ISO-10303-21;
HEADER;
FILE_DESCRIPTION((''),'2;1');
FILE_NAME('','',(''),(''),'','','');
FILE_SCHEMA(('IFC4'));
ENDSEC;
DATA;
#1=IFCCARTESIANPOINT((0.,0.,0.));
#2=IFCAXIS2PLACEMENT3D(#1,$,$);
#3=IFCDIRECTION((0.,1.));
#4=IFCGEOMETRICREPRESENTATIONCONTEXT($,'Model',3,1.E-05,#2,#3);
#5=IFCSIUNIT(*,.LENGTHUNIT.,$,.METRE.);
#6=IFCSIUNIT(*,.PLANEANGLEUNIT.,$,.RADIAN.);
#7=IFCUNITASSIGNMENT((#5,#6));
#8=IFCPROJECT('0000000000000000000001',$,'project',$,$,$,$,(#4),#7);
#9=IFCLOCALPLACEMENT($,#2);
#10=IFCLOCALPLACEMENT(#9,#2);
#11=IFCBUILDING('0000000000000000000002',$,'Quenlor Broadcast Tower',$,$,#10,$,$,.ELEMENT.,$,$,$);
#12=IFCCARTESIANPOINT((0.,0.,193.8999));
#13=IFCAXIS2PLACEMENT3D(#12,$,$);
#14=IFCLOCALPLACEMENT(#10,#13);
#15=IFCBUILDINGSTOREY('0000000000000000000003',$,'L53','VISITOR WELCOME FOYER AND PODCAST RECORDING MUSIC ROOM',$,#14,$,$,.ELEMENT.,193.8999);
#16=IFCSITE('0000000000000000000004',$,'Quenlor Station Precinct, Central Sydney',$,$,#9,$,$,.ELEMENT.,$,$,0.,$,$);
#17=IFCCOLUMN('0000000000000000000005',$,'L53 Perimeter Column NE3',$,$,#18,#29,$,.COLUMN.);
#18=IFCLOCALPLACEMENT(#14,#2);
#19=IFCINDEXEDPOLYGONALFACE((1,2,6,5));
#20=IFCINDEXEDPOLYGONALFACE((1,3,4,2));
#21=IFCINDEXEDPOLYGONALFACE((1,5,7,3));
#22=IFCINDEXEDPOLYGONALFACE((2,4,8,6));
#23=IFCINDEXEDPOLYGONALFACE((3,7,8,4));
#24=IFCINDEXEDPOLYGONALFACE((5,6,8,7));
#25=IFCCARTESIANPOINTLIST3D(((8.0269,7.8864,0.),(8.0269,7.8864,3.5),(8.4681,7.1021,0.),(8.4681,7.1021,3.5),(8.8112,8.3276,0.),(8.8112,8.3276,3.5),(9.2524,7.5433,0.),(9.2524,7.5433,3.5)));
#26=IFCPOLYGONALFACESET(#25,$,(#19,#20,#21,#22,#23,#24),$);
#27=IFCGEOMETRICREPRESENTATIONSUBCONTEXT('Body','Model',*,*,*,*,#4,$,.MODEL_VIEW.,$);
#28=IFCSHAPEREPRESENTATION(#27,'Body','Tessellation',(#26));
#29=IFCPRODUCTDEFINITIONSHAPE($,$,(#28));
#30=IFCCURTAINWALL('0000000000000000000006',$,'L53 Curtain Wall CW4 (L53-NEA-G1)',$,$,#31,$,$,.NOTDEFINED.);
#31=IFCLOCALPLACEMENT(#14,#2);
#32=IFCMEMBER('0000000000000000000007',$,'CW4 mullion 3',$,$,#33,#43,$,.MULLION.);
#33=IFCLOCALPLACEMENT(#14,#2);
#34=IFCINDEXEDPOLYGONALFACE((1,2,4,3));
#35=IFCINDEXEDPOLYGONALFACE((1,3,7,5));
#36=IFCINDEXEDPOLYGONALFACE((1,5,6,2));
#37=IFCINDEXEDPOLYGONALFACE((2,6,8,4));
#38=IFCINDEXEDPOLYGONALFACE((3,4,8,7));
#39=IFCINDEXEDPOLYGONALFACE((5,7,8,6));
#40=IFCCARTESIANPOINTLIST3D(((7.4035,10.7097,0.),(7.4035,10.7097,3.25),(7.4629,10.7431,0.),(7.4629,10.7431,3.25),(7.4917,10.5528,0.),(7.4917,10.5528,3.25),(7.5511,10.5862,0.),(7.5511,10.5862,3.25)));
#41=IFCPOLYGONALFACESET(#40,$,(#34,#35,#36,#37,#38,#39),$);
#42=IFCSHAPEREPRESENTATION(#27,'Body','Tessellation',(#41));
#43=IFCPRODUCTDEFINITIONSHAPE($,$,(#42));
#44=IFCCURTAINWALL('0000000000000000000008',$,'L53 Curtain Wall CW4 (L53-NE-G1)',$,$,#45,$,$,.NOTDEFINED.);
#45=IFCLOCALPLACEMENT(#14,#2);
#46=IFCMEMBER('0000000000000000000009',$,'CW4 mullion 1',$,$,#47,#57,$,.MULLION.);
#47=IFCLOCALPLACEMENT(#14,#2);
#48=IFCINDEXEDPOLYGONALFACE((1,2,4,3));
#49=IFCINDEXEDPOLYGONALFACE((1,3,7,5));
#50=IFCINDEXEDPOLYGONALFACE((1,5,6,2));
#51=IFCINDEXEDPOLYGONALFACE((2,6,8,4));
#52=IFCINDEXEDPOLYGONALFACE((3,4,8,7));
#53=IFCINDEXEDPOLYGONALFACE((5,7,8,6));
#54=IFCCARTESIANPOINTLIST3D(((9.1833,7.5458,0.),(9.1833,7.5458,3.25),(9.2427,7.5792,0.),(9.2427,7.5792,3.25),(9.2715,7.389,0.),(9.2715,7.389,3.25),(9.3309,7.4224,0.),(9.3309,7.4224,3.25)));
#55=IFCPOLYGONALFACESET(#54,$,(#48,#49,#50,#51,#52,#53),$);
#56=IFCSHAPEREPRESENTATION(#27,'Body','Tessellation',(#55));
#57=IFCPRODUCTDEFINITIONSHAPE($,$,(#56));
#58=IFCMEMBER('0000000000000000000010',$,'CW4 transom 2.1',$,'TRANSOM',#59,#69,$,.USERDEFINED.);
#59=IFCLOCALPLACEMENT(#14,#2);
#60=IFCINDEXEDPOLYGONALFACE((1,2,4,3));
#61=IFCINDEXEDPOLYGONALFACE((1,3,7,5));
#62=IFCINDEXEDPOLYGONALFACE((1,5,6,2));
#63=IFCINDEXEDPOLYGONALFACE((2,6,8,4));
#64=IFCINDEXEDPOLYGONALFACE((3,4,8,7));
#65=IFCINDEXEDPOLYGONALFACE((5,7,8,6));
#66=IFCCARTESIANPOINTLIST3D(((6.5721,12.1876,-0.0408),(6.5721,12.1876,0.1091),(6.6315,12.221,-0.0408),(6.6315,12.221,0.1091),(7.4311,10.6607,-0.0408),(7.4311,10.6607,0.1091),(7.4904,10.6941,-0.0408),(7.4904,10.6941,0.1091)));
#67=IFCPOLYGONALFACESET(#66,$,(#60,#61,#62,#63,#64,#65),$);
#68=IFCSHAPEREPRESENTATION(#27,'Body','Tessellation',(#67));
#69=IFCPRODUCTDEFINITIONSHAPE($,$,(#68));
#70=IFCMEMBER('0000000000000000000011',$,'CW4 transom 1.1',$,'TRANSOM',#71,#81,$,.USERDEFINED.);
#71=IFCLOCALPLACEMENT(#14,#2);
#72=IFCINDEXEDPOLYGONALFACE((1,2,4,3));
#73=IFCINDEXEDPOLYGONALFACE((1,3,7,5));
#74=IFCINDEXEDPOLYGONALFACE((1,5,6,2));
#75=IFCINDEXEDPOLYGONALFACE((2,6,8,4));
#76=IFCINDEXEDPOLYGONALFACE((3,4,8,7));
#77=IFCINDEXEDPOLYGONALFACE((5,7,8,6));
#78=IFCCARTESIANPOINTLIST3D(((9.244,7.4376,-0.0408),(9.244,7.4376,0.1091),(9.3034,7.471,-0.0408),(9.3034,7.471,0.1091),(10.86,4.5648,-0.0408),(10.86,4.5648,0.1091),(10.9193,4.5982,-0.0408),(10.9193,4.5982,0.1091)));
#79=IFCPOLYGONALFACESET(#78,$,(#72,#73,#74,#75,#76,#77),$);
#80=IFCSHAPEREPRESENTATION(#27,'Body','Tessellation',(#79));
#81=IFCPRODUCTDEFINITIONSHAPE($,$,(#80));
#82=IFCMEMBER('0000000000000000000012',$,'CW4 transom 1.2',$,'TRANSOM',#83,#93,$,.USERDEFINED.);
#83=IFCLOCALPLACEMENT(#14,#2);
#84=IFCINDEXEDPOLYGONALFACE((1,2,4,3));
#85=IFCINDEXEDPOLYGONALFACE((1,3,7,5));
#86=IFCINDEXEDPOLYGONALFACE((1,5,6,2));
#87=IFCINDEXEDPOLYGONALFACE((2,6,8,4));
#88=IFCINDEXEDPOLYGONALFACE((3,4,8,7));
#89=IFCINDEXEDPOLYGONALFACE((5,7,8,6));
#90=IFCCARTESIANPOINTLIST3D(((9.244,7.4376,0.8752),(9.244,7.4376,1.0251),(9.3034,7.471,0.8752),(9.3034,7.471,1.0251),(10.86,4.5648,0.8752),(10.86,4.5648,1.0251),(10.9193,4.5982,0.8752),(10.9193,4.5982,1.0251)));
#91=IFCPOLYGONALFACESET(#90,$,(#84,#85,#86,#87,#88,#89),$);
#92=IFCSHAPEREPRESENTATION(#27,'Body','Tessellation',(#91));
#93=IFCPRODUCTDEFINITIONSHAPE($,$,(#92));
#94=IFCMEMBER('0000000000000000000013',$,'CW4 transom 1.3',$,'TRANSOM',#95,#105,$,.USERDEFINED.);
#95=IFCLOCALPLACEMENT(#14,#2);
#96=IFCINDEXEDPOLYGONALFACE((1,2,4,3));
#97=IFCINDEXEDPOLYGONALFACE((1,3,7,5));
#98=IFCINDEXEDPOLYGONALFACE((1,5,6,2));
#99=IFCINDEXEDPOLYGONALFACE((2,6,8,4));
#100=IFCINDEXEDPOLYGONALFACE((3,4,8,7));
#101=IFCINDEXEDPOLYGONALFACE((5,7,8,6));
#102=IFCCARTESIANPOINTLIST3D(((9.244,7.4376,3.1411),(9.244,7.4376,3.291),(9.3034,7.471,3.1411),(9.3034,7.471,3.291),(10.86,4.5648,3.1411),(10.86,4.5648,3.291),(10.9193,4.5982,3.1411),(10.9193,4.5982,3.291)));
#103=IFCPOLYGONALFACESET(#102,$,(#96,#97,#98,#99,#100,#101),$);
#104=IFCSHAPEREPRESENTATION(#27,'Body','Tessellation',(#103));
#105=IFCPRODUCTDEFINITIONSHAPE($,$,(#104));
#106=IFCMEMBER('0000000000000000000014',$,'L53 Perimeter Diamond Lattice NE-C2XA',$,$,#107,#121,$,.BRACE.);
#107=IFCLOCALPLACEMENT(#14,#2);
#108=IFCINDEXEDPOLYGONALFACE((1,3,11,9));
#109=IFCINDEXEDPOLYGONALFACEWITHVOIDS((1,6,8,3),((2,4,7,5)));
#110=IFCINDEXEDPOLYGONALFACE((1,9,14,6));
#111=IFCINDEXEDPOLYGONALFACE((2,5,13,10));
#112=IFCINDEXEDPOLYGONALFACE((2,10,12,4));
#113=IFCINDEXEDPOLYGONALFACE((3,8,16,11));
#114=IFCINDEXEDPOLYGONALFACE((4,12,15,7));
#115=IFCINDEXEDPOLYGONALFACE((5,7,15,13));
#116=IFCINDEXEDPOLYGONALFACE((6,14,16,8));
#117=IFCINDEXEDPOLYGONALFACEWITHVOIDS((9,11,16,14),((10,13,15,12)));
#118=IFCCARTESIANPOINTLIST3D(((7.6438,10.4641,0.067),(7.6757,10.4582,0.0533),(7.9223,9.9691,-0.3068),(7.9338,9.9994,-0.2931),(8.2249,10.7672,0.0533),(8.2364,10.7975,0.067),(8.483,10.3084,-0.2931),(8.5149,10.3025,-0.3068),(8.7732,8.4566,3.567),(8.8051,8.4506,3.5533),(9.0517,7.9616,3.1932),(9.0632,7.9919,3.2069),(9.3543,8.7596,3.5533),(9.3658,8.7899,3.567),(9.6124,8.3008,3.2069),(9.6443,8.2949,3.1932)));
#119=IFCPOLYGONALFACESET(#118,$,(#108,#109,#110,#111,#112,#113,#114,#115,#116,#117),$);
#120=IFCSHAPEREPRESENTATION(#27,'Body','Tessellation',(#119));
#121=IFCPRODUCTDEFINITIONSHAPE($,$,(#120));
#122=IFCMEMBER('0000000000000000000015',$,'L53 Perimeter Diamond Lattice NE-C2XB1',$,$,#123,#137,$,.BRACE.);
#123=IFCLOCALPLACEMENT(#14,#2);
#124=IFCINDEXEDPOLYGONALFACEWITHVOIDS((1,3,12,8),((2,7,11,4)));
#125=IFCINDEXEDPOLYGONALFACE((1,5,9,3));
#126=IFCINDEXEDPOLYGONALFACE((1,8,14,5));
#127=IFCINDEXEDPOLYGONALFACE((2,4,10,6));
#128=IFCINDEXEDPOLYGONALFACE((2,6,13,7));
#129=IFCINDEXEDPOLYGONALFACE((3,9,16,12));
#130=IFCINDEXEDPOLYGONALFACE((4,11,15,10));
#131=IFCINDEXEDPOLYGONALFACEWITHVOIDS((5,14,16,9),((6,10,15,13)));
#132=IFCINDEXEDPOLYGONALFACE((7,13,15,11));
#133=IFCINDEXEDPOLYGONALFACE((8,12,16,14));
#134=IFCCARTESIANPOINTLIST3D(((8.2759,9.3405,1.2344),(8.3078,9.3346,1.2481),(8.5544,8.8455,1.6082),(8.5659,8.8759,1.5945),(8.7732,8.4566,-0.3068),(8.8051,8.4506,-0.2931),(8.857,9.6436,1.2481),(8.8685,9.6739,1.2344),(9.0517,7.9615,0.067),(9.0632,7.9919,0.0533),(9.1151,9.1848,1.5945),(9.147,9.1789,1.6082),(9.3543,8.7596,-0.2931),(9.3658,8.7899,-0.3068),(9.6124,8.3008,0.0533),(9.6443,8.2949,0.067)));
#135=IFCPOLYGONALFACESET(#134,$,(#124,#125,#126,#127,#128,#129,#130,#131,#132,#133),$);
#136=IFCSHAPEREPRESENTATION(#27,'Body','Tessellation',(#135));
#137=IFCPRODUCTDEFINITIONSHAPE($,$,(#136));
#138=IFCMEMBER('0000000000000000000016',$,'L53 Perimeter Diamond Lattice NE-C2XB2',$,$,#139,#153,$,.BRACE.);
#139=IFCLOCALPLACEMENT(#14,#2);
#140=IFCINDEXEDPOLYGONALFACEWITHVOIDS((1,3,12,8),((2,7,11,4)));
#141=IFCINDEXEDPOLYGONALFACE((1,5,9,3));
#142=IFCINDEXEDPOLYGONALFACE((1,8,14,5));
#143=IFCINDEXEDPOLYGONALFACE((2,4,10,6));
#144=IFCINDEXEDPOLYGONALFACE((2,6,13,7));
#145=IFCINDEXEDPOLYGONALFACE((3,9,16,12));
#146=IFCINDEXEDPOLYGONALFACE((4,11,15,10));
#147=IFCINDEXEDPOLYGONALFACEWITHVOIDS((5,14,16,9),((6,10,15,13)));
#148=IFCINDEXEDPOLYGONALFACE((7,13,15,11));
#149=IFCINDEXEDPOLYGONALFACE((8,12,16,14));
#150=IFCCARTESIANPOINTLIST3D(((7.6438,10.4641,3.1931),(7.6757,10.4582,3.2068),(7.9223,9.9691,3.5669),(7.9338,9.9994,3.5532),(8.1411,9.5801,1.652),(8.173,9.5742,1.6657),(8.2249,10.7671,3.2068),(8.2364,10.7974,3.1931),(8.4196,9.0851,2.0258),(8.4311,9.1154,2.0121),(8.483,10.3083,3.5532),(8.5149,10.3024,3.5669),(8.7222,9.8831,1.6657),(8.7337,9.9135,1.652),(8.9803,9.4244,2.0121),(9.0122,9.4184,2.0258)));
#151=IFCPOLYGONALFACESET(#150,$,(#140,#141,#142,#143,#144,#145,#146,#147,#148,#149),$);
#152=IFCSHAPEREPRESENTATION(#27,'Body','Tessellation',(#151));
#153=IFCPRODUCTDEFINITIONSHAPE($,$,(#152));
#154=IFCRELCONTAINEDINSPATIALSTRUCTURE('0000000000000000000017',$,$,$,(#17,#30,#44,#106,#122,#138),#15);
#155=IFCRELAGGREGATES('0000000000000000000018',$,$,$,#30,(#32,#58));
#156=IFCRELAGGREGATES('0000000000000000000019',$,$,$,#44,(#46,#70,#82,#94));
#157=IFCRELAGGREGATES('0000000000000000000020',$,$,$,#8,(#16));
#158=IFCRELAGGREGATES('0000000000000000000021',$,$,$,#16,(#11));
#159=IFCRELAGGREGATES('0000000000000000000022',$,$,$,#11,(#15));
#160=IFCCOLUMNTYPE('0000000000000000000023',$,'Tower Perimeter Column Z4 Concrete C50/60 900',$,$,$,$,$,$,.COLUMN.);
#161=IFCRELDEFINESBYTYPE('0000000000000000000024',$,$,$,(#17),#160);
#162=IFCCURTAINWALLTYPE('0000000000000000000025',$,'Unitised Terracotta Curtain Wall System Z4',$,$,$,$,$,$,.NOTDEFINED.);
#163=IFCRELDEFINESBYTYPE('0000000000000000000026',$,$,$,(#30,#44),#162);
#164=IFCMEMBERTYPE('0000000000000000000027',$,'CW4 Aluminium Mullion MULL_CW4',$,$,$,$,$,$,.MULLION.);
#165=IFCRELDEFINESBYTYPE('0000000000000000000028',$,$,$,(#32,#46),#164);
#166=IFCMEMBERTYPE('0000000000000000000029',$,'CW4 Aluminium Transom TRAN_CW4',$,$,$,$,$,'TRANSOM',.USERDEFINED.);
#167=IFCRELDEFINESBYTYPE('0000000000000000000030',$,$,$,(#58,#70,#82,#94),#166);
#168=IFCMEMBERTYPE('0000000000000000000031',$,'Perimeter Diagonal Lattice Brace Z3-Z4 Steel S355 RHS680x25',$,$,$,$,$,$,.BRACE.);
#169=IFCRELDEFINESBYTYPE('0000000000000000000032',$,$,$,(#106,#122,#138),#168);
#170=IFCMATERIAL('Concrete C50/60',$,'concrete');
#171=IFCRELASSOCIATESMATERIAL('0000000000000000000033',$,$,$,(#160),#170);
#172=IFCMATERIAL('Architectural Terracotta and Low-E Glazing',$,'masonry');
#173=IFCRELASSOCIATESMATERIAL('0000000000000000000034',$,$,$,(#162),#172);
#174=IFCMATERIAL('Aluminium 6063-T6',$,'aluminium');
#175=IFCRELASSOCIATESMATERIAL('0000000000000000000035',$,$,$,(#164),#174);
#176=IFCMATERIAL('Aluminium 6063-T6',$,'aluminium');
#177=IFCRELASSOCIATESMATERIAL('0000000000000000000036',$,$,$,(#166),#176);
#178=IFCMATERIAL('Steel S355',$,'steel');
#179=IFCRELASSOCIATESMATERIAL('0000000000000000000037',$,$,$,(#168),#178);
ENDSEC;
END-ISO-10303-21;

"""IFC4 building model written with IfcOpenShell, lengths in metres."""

from ifc_helpers import new_model, si_unit, direction, frame, origin, origin_2d, place, context, subcontext, project, spatial, rectangle, hollow_rectangle, extrude, material, material_profile, profile_set, type_object, element, aggregate, save


model = new_model("IFC4")

# Units and contexts
model_context = context("Model", 3, precision=1e-05, world=origin(), true_north=direction((0.0, 1.0)))
body_context = subcontext(model_context, "Body", "Model", "MODEL_VIEW")
ifc_project = project(units=[si_unit("LENGTHUNIT", "METRE"), si_unit("PLANEANGLEUNIT", "RADIAN")], contexts=[model_context])

# Site, building, storey
site_placement = place(None, origin())
site = spatial("IfcSite", under=ifc_project, at=site_placement, Name="Quenlor Station Precinct, Central Sydney", CompositionType="ELEMENT", RefElevation=0.0)
building_placement = place(site_placement, origin())
building = spatial("IfcBuilding", under=site, at=building_placement, Name="Quenlor Broadcast Tower", CompositionType="ELEMENT")
storey_placement = place(building_placement, frame((0.0, 0.0, 193.8999)))
storey = spatial("IfcBuildingStorey", under=building, at=storey_placement, Name="L53", Description="VISITOR WELCOME FOYER AND PODCAST RECORDING MUSIC ROOM", CompositionType="ELEMENT", Elevation=193.8999)

# Column
ifc_material_1 = material(Name="Concrete C50/60", Category="concrete")
ifc_material_profile_1 = material_profile(ifc_material_1, rectangle(XDim=0.8999, YDim=0.8999, at=origin_2d()))
ifc_profile_set_1 = profile_set([ifc_material_profile_1], Name="Concrete C50/60 RC900x900")
column_type = type_object("IfcColumnType", Name="Tower Perimeter Column Z4 Concrete C50/60 900", PredefinedType="COLUMN", material=ifc_profile_set_1)
column_placement = place(storey_placement, frame((8.6396, 7.7148, 0.0), z_axis=(0.0, 0.0, 1.0), x_axis=(0.871575, 0.490262, 0.0)))
element("IfcColumn", 1, at=column_placement, inside=storey, type_object=column_type, Name="L53 Perimeter Column NE3", PredefinedType="COLUMN", context=body_context, shape_type="SweptSolid", body=[
    extrude(rectangle(XDim=0.8999, YDim=0.8999, at=origin_2d()), origin(), (0.0, 0.0, 1.0), 3.5),
])

# Curtain walls, members
ifc_material_2 = material(Name="Architectural Terracotta and Low-E Glazing", Category="masonry")
curtain_wall_type = type_object("IfcCurtainWallType", Name="Unitised Terracotta Curtain Wall System Z4", PredefinedType="NOTDEFINED", material=ifc_material_2)
curtain_wall_1_placement = place(storey_placement, origin())
curtain_wall_1 = element("IfcCurtainWall", 2, at=curtain_wall_1_placement, inside=storey, type_object=curtain_wall_type, Name="L53 Curtain Wall CW4 (L53-NEA-G1)", PredefinedType="NOTDEFINED")
ifc_material_3 = material(Name="Aluminium 6063-T6", Category="aluminium")
ifc_material_profile_2 = material_profile(ifc_material_3, rectangle(XDim=0.0681, YDim=0.1799, at=origin_2d()))
ifc_profile_set_2 = profile_set([ifc_material_profile_2], Name="Aluminium 6063-T6 MULL68x180")
member_type_1 = type_object("IfcMemberType", Name="CW4 Aluminium Mullion MULL_CW4", PredefinedType="MULLION", material=ifc_profile_set_2)
member_1_placement = place(storey_placement, frame((7.4773, 10.6479, 0.0), z_axis=(0.0, 0.0, 1.0), x_axis=(0.871576, 0.49026, 0.0)))
member_1 = element("IfcMember", 3, at=member_1_placement, type_object=member_type_1, Name="CW4 mullion 3", PredefinedType="MULLION", context=body_context, shape_type="SweptSolid", body=[
    extrude(rectangle(XDim=0.0681, YDim=0.1799, at=origin_2d()), origin(), (0.0, 0.0, 1.0), 3.25),
])
curtain_wall_2_placement = place(storey_placement, origin())
curtain_wall_2 = element("IfcCurtainWall", 4, at=curtain_wall_2_placement, inside=storey, type_object=curtain_wall_type, Name="L53 Curtain Wall CW4 (L53-NE-G1)", PredefinedType="NOTDEFINED")
member_2_placement = place(storey_placement, frame((9.2571, 7.4841, 0.0), z_axis=(0.0, 0.0, 1.0), x_axis=(0.871578, 0.490257, 0.0)))
member_2 = element("IfcMember", 5, at=member_2_placement, type_object=member_type_1, Name="CW4 mullion 1", PredefinedType="MULLION", context=body_context, shape_type="SweptSolid", body=[
    extrude(rectangle(XDim=0.0681, YDim=0.1799, at=origin_2d()), origin(), (0.0, 0.0, 1.0), 3.25),
])

# Members
ifc_material_4 = material(Name="Aluminium 6063-T6", Category="aluminium")
ifc_material_profile_3 = material_profile(ifc_material_4, rectangle(XDim=0.0681, YDim=0.1499, at=origin_2d()))
ifc_profile_set_3 = profile_set([ifc_material_profile_3], Name="Aluminium 6063-T6 TRAN68x150")
member_type_2 = type_object("IfcMemberType", Name="CW4 Aluminium Transom TRAN_CW4", ElementType="TRANSOM", PredefinedType="USERDEFINED", material=ifc_profile_set_3)
member_3_placement = place(storey_placement, frame((6.6018, 12.2043, 0.0342), z_axis=(0.490274, -0.871568, 0.0), x_axis=(0.871568, 0.490274, 0.0)))
member_3 = element("IfcMember", 6, at=member_3_placement, type_object=member_type_2, Name="CW4 transom 2.1", ObjectType="TRANSOM", PredefinedType="USERDEFINED", context=body_context, shape_type="SweptSolid", body=[
    extrude(rectangle(XDim=0.0681, YDim=0.1499, at=origin_2d()), origin(), (0.0, 0.0, 1.0), 1.752),
])
member_4_placement = place(storey_placement, frame((9.2737, 7.4543, 0.0342), z_axis=(0.490265, -0.871574, 0.0), x_axis=(0.871574, 0.490265, 0.0)))
member_4 = element("IfcMember", 7, at=member_4_placement, type_object=member_type_2, Name="CW4 transom 1.1", ObjectType="TRANSOM", PredefinedType="USERDEFINED", context=body_context, shape_type="SweptSolid", body=[
    extrude(rectangle(XDim=0.0681, YDim=0.1499, at=origin_2d()), origin(), (0.0, 0.0, 1.0), 3.2961),
])
member_5_placement = place(storey_placement, frame((9.2737, 7.4543, 0.9502), z_axis=(0.490265, -0.871574, 0.0), x_axis=(0.871574, 0.490265, 0.0)))
member_5 = element("IfcMember", 8, at=member_5_placement, type_object=member_type_2, Name="CW4 transom 1.2", ObjectType="TRANSOM", PredefinedType="USERDEFINED", context=body_context, shape_type="SweptSolid", body=[
    extrude(rectangle(XDim=0.0681, YDim=0.1499, at=origin_2d()), origin(), (0.0, 0.0, 1.0), 3.2961),
])
member_6_placement = place(storey_placement, frame((9.2737, 7.4543, 3.2161), z_axis=(0.490265, -0.871574, 0.0), x_axis=(0.871574, 0.490265, 0.0)))
member_6 = element("IfcMember", 9, at=member_6_placement, type_object=member_type_2, Name="CW4 transom 1.3", ObjectType="TRANSOM", PredefinedType="USERDEFINED", context=body_context, shape_type="SweptSolid", body=[
    extrude(rectangle(XDim=0.0681, YDim=0.1499, at=origin_2d()), origin(), (0.0, 0.0, 1.0), 3.2961),
])

# Members
ifc_material_5 = material(Name="Steel S355", Category="steel")
ifc_material_profile_4 = material_profile(ifc_material_5, hollow_rectangle(XDim=0.6799, YDim=0.6799, WallThickness=0.0249, at=origin_2d()))
ifc_profile_set_4 = profile_set([ifc_material_profile_4], Name="Steel S355 RHS680x680x25")
member_type_3 = type_object("IfcMemberType", Name="Perimeter Diagonal Lattice Brace Z3-Z4 Steel S355 RHS680x25", PredefinedType="BRACE", material=ifc_profile_set_4)
member_7_placement = place(storey_placement, frame((8.0793, 10.3833, -0.1199), z_axis=(0.269547, -0.479136, 0.835328), x_axis=(0.87155, 0.490307, 0.0)))
element("IfcMember", 10, at=member_7_placement, inside=storey, type_object=member_type_3, Name="L53 Perimeter Diamond Lattice NE-C2XA", PredefinedType="BRACE", context=body_context, shape_type="SweptSolid", body=[
    extrude(hollow_rectangle(XDim=0.6799, YDim=0.6799, WallThickness=0.0249, at=origin_2d()), origin(), (0.0, 0.0, 1.0), 4.1899),
])
for number, where, z_axis, x_axis, name in (
    (11, (9.2087, 8.3757, -0.1199), (-0.269536, 0.47913, 0.835335), (-0.871556, -0.490296, 0.0), "L53 Perimeter Diamond Lattice NE-C2XB1"),
    (12, (8.5767, 9.4993, 1.8389), (-0.269536, 0.47913, 0.835335), (-0.871556, -0.490296, 0.0), "L53 Perimeter Diamond Lattice NE-C2XB2"),
):
    element("IfcMember", number, at=place(storey_placement, frame(where, z_axis=z_axis, x_axis=x_axis)), inside=storey, type_object=member_type_3, Name=name, PredefinedType="BRACE", context=body_context, shape_type="SweptSolid", body=[
        extrude(hollow_rectangle(XDim=0.6799, YDim=0.6799, WallThickness=0.0249, at=origin_2d()), origin(), (0.0, 0.0, 1.0), 1.845),
    ])

aggregate(curtain_wall_1, [member_1, member_3])
aggregate(curtain_wall_2, [member_2, member_4, member_5, member_6])

save(model, "model.ifc")
